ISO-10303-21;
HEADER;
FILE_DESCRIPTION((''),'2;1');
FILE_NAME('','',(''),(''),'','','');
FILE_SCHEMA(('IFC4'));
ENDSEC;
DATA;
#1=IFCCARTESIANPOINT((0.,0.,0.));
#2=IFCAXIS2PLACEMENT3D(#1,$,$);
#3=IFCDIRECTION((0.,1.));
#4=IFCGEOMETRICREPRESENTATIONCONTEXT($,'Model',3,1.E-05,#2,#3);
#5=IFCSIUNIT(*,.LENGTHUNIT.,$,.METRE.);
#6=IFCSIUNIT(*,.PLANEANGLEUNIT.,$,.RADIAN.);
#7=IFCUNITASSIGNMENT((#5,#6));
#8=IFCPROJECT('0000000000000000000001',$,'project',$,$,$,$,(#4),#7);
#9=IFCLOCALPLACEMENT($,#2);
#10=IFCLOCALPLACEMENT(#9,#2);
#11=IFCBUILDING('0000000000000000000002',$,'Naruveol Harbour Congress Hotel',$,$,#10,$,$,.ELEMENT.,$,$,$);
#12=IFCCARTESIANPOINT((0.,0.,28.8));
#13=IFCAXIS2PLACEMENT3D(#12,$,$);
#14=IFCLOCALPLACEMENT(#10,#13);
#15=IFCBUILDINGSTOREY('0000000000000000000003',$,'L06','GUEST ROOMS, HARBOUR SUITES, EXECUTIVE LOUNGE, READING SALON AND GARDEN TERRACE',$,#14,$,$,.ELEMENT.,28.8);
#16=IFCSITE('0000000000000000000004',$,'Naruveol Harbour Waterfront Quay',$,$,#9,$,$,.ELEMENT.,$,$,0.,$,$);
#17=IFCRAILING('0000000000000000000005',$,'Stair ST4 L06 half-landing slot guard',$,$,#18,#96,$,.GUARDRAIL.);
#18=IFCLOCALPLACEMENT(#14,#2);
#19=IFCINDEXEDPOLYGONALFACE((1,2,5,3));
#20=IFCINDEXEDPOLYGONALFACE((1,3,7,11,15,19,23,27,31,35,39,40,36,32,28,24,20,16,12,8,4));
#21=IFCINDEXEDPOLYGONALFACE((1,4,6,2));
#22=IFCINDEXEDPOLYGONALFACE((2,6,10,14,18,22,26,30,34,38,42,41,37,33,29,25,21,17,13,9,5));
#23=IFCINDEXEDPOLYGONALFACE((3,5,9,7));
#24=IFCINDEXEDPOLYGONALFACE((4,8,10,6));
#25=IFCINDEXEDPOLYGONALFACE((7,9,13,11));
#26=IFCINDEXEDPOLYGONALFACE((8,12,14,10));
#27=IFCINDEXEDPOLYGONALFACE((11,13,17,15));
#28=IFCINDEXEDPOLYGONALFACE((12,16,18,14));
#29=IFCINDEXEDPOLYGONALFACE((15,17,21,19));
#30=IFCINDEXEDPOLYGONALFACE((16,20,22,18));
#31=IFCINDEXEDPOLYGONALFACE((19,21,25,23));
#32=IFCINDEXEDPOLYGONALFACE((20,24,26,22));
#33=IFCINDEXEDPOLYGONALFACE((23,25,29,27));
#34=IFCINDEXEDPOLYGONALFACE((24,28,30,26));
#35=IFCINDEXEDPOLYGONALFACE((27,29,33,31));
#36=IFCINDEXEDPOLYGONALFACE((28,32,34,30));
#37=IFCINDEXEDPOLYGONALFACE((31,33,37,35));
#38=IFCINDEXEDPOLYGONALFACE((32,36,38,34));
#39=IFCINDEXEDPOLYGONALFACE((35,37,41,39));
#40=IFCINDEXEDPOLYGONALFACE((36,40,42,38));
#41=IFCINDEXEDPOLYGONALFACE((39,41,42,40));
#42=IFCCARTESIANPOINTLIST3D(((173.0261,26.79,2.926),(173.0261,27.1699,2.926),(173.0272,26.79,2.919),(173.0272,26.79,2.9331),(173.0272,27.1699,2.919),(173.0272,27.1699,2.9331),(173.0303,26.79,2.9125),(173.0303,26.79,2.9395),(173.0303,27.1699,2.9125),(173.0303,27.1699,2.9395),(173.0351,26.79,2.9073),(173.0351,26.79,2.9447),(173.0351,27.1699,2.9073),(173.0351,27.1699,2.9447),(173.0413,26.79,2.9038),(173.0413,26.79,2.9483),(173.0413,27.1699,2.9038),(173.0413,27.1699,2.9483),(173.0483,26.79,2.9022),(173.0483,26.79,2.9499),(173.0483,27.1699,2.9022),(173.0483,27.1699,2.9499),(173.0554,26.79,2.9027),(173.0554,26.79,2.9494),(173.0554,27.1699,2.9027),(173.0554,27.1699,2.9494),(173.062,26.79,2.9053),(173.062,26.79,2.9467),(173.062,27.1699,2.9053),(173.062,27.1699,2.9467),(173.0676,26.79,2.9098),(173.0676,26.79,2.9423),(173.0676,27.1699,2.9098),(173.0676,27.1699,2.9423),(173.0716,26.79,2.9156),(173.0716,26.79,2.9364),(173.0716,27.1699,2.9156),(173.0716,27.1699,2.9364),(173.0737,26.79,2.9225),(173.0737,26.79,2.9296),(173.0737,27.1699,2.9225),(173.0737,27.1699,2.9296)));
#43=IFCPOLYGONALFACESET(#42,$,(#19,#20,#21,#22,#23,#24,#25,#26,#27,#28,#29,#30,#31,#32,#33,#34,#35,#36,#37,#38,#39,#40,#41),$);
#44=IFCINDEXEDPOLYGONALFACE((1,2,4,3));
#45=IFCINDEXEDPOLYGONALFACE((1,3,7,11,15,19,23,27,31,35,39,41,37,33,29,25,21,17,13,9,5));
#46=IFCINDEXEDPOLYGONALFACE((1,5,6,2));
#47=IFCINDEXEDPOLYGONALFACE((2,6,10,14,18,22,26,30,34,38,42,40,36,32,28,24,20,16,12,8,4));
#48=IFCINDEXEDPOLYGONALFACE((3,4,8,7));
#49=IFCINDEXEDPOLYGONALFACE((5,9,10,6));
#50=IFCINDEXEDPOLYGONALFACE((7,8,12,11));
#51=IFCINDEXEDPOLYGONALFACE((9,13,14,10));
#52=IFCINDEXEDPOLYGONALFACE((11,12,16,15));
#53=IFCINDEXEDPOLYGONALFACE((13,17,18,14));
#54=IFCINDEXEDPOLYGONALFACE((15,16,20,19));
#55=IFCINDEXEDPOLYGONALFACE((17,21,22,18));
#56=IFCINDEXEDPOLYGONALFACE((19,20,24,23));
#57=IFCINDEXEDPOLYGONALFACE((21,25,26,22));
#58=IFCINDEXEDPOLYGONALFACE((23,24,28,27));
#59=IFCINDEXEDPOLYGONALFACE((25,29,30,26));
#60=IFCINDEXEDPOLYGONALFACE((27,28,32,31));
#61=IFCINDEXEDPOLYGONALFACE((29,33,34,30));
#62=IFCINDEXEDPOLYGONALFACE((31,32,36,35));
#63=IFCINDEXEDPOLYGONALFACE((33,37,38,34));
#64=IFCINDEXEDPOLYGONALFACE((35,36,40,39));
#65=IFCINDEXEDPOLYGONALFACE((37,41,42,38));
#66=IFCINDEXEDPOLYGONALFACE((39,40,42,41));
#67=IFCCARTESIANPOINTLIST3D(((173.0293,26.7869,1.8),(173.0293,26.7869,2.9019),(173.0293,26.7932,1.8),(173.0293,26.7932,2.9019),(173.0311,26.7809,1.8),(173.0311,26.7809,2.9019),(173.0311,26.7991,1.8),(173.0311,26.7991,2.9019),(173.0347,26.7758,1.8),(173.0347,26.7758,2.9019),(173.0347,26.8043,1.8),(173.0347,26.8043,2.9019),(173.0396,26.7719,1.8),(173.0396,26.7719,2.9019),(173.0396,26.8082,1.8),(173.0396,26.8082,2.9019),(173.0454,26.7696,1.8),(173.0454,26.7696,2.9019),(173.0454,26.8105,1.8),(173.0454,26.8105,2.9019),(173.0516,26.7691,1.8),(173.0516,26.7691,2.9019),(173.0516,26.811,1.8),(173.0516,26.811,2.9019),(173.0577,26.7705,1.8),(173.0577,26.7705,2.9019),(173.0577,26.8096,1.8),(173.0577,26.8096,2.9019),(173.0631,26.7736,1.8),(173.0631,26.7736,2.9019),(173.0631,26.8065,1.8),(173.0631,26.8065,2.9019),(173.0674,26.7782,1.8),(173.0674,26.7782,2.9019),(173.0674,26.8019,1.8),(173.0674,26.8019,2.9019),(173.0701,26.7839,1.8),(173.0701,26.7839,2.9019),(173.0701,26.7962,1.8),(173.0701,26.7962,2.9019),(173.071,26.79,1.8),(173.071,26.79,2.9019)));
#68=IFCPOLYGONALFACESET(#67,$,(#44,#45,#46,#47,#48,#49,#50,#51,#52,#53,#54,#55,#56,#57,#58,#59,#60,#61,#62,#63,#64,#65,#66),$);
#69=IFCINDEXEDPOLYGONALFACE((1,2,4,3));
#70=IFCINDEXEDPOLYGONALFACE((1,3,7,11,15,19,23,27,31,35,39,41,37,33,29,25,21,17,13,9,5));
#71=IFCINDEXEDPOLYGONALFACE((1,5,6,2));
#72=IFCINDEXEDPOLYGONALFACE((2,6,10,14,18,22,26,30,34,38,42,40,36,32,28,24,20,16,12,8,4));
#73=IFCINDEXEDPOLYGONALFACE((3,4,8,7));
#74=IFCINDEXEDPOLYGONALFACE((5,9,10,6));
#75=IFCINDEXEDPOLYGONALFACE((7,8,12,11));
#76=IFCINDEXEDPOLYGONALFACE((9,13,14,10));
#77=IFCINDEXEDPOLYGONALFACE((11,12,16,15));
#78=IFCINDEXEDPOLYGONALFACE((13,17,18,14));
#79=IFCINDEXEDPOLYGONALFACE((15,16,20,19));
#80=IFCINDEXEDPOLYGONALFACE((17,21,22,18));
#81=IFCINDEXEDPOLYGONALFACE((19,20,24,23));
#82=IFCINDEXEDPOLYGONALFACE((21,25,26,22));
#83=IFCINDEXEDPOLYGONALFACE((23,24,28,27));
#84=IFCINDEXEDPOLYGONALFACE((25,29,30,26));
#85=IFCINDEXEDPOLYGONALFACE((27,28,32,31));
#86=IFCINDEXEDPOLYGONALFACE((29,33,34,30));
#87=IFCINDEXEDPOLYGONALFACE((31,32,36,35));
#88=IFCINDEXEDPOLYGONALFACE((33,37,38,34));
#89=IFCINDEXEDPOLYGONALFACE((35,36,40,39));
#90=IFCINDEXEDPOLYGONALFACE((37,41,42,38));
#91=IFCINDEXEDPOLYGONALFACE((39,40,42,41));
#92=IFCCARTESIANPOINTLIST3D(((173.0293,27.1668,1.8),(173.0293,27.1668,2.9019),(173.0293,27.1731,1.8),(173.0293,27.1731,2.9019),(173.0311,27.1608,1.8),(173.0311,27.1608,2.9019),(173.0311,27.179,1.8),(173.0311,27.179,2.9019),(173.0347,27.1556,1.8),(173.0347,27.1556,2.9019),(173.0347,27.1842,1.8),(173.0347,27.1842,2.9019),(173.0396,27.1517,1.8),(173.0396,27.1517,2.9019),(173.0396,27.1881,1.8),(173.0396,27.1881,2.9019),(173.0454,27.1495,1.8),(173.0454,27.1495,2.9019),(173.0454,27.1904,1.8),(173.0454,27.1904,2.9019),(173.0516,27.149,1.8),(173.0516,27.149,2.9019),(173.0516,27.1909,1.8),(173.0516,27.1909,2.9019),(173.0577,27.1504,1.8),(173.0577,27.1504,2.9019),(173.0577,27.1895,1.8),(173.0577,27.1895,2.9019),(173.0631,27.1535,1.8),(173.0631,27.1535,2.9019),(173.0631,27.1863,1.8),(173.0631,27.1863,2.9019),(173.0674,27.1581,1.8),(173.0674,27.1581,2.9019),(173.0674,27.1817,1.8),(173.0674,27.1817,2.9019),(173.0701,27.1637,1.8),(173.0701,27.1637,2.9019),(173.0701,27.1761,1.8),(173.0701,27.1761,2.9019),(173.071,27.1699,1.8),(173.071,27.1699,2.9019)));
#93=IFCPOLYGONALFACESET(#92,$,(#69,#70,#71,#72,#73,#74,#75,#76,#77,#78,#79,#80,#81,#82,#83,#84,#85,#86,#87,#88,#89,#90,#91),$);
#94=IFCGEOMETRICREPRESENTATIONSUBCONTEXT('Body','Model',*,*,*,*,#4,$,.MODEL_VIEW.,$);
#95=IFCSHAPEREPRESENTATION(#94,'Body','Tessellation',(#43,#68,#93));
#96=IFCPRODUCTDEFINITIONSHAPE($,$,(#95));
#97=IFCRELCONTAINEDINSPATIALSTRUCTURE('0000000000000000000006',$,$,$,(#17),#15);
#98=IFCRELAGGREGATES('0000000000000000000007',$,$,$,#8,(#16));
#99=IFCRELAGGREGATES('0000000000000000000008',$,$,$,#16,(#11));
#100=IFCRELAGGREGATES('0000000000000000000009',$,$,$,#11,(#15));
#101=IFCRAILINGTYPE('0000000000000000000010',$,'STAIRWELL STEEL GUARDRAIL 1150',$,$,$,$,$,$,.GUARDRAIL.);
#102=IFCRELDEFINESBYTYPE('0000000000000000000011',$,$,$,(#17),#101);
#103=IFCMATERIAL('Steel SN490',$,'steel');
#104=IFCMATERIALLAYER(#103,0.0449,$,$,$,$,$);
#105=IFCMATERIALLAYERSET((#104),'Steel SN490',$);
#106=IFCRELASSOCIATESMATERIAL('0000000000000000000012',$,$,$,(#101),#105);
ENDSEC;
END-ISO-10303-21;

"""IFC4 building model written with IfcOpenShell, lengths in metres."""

from ifc_helpers import new_model, si_unit, direction, frame, origin, origin_2d, place, context, subcontext, project, spatial, circle, extrude, material, layer, layer_set, type_object, element, save


model = new_model("IFC4")

# Units and contexts
model_context = context("Model", 3, precision=1e-05, world=origin(), true_north=direction((0.0, 1.0)))
body_context = subcontext(model_context, "Body", "Model", "MODEL_VIEW")
ifc_project = project(units=[si_unit("LENGTHUNIT", "METRE"), si_unit("PLANEANGLEUNIT", "RADIAN")], contexts=[model_context])

# Site, building, storey
site_placement = place(None, origin())
site = spatial("IfcSite", under=ifc_project, at=site_placement, Name="Naruveol Harbour Waterfront Quay", CompositionType="ELEMENT", RefElevation=0.0)
building_placement = place(site_placement, origin())
building = spatial("IfcBuilding", under=site, at=building_placement, Name="Naruveol Harbour Congress Hotel", CompositionType="ELEMENT")
storey_placement = place(building_placement, frame((0.0, 0.0, 28.8)))
storey = spatial("IfcBuildingStorey", under=building, at=storey_placement, Name="L06", Description="GUEST ROOMS, HARBOUR SUITES, EXECUTIVE LOUNGE, READING SALON AND GARDEN TERRACE", CompositionType="ELEMENT", Elevation=28.8)

# Railing
ifc_material_1 = material(Name="Steel SN490", Category="steel")
ifc_layer_1 = layer(ifc_material_1, 0.0449)
ifc_layer_set_1 = layer_set([ifc_layer_1], Name="Steel SN490")
railing_type_1 = type_object("IfcRailingType", Name="STAIRWELL STEEL GUARDRAIL 1150", PredefinedType="GUARDRAIL", material=ifc_layer_set_1)
railing_1_placement = place(storey_placement, frame((173.05, 26.79, 1.8)))
element("IfcRailing", 1, at=railing_1_placement, inside=storey, type_object=railing_type_1, Name="Stair ST4 L06 half-landing slot guard", PredefinedType="GUARDRAIL", context=body_context, shape_type="SweptSolid", body=[
    extrude(circle(Radius=0.0239, at=origin_2d()), frame((0.0, 0.0, 1.126), z_axis=(0.0, 1.0, 0.0), x_axis=(-1.0, 0.0, 0.0)), (0.0, 0.0, 1.0), 0.3799),
    extrude(circle(Radius=0.021, at=origin_2d()), origin(), (0.0, 0.0, 1.0), 1.1018),
    extrude(circle(Radius=0.021, at=origin_2d()), frame((0.0, 0.3799, 0.0)), (0.0, 0.0, 1.0), 1.1018),
])

save(model, "model.ifc")
